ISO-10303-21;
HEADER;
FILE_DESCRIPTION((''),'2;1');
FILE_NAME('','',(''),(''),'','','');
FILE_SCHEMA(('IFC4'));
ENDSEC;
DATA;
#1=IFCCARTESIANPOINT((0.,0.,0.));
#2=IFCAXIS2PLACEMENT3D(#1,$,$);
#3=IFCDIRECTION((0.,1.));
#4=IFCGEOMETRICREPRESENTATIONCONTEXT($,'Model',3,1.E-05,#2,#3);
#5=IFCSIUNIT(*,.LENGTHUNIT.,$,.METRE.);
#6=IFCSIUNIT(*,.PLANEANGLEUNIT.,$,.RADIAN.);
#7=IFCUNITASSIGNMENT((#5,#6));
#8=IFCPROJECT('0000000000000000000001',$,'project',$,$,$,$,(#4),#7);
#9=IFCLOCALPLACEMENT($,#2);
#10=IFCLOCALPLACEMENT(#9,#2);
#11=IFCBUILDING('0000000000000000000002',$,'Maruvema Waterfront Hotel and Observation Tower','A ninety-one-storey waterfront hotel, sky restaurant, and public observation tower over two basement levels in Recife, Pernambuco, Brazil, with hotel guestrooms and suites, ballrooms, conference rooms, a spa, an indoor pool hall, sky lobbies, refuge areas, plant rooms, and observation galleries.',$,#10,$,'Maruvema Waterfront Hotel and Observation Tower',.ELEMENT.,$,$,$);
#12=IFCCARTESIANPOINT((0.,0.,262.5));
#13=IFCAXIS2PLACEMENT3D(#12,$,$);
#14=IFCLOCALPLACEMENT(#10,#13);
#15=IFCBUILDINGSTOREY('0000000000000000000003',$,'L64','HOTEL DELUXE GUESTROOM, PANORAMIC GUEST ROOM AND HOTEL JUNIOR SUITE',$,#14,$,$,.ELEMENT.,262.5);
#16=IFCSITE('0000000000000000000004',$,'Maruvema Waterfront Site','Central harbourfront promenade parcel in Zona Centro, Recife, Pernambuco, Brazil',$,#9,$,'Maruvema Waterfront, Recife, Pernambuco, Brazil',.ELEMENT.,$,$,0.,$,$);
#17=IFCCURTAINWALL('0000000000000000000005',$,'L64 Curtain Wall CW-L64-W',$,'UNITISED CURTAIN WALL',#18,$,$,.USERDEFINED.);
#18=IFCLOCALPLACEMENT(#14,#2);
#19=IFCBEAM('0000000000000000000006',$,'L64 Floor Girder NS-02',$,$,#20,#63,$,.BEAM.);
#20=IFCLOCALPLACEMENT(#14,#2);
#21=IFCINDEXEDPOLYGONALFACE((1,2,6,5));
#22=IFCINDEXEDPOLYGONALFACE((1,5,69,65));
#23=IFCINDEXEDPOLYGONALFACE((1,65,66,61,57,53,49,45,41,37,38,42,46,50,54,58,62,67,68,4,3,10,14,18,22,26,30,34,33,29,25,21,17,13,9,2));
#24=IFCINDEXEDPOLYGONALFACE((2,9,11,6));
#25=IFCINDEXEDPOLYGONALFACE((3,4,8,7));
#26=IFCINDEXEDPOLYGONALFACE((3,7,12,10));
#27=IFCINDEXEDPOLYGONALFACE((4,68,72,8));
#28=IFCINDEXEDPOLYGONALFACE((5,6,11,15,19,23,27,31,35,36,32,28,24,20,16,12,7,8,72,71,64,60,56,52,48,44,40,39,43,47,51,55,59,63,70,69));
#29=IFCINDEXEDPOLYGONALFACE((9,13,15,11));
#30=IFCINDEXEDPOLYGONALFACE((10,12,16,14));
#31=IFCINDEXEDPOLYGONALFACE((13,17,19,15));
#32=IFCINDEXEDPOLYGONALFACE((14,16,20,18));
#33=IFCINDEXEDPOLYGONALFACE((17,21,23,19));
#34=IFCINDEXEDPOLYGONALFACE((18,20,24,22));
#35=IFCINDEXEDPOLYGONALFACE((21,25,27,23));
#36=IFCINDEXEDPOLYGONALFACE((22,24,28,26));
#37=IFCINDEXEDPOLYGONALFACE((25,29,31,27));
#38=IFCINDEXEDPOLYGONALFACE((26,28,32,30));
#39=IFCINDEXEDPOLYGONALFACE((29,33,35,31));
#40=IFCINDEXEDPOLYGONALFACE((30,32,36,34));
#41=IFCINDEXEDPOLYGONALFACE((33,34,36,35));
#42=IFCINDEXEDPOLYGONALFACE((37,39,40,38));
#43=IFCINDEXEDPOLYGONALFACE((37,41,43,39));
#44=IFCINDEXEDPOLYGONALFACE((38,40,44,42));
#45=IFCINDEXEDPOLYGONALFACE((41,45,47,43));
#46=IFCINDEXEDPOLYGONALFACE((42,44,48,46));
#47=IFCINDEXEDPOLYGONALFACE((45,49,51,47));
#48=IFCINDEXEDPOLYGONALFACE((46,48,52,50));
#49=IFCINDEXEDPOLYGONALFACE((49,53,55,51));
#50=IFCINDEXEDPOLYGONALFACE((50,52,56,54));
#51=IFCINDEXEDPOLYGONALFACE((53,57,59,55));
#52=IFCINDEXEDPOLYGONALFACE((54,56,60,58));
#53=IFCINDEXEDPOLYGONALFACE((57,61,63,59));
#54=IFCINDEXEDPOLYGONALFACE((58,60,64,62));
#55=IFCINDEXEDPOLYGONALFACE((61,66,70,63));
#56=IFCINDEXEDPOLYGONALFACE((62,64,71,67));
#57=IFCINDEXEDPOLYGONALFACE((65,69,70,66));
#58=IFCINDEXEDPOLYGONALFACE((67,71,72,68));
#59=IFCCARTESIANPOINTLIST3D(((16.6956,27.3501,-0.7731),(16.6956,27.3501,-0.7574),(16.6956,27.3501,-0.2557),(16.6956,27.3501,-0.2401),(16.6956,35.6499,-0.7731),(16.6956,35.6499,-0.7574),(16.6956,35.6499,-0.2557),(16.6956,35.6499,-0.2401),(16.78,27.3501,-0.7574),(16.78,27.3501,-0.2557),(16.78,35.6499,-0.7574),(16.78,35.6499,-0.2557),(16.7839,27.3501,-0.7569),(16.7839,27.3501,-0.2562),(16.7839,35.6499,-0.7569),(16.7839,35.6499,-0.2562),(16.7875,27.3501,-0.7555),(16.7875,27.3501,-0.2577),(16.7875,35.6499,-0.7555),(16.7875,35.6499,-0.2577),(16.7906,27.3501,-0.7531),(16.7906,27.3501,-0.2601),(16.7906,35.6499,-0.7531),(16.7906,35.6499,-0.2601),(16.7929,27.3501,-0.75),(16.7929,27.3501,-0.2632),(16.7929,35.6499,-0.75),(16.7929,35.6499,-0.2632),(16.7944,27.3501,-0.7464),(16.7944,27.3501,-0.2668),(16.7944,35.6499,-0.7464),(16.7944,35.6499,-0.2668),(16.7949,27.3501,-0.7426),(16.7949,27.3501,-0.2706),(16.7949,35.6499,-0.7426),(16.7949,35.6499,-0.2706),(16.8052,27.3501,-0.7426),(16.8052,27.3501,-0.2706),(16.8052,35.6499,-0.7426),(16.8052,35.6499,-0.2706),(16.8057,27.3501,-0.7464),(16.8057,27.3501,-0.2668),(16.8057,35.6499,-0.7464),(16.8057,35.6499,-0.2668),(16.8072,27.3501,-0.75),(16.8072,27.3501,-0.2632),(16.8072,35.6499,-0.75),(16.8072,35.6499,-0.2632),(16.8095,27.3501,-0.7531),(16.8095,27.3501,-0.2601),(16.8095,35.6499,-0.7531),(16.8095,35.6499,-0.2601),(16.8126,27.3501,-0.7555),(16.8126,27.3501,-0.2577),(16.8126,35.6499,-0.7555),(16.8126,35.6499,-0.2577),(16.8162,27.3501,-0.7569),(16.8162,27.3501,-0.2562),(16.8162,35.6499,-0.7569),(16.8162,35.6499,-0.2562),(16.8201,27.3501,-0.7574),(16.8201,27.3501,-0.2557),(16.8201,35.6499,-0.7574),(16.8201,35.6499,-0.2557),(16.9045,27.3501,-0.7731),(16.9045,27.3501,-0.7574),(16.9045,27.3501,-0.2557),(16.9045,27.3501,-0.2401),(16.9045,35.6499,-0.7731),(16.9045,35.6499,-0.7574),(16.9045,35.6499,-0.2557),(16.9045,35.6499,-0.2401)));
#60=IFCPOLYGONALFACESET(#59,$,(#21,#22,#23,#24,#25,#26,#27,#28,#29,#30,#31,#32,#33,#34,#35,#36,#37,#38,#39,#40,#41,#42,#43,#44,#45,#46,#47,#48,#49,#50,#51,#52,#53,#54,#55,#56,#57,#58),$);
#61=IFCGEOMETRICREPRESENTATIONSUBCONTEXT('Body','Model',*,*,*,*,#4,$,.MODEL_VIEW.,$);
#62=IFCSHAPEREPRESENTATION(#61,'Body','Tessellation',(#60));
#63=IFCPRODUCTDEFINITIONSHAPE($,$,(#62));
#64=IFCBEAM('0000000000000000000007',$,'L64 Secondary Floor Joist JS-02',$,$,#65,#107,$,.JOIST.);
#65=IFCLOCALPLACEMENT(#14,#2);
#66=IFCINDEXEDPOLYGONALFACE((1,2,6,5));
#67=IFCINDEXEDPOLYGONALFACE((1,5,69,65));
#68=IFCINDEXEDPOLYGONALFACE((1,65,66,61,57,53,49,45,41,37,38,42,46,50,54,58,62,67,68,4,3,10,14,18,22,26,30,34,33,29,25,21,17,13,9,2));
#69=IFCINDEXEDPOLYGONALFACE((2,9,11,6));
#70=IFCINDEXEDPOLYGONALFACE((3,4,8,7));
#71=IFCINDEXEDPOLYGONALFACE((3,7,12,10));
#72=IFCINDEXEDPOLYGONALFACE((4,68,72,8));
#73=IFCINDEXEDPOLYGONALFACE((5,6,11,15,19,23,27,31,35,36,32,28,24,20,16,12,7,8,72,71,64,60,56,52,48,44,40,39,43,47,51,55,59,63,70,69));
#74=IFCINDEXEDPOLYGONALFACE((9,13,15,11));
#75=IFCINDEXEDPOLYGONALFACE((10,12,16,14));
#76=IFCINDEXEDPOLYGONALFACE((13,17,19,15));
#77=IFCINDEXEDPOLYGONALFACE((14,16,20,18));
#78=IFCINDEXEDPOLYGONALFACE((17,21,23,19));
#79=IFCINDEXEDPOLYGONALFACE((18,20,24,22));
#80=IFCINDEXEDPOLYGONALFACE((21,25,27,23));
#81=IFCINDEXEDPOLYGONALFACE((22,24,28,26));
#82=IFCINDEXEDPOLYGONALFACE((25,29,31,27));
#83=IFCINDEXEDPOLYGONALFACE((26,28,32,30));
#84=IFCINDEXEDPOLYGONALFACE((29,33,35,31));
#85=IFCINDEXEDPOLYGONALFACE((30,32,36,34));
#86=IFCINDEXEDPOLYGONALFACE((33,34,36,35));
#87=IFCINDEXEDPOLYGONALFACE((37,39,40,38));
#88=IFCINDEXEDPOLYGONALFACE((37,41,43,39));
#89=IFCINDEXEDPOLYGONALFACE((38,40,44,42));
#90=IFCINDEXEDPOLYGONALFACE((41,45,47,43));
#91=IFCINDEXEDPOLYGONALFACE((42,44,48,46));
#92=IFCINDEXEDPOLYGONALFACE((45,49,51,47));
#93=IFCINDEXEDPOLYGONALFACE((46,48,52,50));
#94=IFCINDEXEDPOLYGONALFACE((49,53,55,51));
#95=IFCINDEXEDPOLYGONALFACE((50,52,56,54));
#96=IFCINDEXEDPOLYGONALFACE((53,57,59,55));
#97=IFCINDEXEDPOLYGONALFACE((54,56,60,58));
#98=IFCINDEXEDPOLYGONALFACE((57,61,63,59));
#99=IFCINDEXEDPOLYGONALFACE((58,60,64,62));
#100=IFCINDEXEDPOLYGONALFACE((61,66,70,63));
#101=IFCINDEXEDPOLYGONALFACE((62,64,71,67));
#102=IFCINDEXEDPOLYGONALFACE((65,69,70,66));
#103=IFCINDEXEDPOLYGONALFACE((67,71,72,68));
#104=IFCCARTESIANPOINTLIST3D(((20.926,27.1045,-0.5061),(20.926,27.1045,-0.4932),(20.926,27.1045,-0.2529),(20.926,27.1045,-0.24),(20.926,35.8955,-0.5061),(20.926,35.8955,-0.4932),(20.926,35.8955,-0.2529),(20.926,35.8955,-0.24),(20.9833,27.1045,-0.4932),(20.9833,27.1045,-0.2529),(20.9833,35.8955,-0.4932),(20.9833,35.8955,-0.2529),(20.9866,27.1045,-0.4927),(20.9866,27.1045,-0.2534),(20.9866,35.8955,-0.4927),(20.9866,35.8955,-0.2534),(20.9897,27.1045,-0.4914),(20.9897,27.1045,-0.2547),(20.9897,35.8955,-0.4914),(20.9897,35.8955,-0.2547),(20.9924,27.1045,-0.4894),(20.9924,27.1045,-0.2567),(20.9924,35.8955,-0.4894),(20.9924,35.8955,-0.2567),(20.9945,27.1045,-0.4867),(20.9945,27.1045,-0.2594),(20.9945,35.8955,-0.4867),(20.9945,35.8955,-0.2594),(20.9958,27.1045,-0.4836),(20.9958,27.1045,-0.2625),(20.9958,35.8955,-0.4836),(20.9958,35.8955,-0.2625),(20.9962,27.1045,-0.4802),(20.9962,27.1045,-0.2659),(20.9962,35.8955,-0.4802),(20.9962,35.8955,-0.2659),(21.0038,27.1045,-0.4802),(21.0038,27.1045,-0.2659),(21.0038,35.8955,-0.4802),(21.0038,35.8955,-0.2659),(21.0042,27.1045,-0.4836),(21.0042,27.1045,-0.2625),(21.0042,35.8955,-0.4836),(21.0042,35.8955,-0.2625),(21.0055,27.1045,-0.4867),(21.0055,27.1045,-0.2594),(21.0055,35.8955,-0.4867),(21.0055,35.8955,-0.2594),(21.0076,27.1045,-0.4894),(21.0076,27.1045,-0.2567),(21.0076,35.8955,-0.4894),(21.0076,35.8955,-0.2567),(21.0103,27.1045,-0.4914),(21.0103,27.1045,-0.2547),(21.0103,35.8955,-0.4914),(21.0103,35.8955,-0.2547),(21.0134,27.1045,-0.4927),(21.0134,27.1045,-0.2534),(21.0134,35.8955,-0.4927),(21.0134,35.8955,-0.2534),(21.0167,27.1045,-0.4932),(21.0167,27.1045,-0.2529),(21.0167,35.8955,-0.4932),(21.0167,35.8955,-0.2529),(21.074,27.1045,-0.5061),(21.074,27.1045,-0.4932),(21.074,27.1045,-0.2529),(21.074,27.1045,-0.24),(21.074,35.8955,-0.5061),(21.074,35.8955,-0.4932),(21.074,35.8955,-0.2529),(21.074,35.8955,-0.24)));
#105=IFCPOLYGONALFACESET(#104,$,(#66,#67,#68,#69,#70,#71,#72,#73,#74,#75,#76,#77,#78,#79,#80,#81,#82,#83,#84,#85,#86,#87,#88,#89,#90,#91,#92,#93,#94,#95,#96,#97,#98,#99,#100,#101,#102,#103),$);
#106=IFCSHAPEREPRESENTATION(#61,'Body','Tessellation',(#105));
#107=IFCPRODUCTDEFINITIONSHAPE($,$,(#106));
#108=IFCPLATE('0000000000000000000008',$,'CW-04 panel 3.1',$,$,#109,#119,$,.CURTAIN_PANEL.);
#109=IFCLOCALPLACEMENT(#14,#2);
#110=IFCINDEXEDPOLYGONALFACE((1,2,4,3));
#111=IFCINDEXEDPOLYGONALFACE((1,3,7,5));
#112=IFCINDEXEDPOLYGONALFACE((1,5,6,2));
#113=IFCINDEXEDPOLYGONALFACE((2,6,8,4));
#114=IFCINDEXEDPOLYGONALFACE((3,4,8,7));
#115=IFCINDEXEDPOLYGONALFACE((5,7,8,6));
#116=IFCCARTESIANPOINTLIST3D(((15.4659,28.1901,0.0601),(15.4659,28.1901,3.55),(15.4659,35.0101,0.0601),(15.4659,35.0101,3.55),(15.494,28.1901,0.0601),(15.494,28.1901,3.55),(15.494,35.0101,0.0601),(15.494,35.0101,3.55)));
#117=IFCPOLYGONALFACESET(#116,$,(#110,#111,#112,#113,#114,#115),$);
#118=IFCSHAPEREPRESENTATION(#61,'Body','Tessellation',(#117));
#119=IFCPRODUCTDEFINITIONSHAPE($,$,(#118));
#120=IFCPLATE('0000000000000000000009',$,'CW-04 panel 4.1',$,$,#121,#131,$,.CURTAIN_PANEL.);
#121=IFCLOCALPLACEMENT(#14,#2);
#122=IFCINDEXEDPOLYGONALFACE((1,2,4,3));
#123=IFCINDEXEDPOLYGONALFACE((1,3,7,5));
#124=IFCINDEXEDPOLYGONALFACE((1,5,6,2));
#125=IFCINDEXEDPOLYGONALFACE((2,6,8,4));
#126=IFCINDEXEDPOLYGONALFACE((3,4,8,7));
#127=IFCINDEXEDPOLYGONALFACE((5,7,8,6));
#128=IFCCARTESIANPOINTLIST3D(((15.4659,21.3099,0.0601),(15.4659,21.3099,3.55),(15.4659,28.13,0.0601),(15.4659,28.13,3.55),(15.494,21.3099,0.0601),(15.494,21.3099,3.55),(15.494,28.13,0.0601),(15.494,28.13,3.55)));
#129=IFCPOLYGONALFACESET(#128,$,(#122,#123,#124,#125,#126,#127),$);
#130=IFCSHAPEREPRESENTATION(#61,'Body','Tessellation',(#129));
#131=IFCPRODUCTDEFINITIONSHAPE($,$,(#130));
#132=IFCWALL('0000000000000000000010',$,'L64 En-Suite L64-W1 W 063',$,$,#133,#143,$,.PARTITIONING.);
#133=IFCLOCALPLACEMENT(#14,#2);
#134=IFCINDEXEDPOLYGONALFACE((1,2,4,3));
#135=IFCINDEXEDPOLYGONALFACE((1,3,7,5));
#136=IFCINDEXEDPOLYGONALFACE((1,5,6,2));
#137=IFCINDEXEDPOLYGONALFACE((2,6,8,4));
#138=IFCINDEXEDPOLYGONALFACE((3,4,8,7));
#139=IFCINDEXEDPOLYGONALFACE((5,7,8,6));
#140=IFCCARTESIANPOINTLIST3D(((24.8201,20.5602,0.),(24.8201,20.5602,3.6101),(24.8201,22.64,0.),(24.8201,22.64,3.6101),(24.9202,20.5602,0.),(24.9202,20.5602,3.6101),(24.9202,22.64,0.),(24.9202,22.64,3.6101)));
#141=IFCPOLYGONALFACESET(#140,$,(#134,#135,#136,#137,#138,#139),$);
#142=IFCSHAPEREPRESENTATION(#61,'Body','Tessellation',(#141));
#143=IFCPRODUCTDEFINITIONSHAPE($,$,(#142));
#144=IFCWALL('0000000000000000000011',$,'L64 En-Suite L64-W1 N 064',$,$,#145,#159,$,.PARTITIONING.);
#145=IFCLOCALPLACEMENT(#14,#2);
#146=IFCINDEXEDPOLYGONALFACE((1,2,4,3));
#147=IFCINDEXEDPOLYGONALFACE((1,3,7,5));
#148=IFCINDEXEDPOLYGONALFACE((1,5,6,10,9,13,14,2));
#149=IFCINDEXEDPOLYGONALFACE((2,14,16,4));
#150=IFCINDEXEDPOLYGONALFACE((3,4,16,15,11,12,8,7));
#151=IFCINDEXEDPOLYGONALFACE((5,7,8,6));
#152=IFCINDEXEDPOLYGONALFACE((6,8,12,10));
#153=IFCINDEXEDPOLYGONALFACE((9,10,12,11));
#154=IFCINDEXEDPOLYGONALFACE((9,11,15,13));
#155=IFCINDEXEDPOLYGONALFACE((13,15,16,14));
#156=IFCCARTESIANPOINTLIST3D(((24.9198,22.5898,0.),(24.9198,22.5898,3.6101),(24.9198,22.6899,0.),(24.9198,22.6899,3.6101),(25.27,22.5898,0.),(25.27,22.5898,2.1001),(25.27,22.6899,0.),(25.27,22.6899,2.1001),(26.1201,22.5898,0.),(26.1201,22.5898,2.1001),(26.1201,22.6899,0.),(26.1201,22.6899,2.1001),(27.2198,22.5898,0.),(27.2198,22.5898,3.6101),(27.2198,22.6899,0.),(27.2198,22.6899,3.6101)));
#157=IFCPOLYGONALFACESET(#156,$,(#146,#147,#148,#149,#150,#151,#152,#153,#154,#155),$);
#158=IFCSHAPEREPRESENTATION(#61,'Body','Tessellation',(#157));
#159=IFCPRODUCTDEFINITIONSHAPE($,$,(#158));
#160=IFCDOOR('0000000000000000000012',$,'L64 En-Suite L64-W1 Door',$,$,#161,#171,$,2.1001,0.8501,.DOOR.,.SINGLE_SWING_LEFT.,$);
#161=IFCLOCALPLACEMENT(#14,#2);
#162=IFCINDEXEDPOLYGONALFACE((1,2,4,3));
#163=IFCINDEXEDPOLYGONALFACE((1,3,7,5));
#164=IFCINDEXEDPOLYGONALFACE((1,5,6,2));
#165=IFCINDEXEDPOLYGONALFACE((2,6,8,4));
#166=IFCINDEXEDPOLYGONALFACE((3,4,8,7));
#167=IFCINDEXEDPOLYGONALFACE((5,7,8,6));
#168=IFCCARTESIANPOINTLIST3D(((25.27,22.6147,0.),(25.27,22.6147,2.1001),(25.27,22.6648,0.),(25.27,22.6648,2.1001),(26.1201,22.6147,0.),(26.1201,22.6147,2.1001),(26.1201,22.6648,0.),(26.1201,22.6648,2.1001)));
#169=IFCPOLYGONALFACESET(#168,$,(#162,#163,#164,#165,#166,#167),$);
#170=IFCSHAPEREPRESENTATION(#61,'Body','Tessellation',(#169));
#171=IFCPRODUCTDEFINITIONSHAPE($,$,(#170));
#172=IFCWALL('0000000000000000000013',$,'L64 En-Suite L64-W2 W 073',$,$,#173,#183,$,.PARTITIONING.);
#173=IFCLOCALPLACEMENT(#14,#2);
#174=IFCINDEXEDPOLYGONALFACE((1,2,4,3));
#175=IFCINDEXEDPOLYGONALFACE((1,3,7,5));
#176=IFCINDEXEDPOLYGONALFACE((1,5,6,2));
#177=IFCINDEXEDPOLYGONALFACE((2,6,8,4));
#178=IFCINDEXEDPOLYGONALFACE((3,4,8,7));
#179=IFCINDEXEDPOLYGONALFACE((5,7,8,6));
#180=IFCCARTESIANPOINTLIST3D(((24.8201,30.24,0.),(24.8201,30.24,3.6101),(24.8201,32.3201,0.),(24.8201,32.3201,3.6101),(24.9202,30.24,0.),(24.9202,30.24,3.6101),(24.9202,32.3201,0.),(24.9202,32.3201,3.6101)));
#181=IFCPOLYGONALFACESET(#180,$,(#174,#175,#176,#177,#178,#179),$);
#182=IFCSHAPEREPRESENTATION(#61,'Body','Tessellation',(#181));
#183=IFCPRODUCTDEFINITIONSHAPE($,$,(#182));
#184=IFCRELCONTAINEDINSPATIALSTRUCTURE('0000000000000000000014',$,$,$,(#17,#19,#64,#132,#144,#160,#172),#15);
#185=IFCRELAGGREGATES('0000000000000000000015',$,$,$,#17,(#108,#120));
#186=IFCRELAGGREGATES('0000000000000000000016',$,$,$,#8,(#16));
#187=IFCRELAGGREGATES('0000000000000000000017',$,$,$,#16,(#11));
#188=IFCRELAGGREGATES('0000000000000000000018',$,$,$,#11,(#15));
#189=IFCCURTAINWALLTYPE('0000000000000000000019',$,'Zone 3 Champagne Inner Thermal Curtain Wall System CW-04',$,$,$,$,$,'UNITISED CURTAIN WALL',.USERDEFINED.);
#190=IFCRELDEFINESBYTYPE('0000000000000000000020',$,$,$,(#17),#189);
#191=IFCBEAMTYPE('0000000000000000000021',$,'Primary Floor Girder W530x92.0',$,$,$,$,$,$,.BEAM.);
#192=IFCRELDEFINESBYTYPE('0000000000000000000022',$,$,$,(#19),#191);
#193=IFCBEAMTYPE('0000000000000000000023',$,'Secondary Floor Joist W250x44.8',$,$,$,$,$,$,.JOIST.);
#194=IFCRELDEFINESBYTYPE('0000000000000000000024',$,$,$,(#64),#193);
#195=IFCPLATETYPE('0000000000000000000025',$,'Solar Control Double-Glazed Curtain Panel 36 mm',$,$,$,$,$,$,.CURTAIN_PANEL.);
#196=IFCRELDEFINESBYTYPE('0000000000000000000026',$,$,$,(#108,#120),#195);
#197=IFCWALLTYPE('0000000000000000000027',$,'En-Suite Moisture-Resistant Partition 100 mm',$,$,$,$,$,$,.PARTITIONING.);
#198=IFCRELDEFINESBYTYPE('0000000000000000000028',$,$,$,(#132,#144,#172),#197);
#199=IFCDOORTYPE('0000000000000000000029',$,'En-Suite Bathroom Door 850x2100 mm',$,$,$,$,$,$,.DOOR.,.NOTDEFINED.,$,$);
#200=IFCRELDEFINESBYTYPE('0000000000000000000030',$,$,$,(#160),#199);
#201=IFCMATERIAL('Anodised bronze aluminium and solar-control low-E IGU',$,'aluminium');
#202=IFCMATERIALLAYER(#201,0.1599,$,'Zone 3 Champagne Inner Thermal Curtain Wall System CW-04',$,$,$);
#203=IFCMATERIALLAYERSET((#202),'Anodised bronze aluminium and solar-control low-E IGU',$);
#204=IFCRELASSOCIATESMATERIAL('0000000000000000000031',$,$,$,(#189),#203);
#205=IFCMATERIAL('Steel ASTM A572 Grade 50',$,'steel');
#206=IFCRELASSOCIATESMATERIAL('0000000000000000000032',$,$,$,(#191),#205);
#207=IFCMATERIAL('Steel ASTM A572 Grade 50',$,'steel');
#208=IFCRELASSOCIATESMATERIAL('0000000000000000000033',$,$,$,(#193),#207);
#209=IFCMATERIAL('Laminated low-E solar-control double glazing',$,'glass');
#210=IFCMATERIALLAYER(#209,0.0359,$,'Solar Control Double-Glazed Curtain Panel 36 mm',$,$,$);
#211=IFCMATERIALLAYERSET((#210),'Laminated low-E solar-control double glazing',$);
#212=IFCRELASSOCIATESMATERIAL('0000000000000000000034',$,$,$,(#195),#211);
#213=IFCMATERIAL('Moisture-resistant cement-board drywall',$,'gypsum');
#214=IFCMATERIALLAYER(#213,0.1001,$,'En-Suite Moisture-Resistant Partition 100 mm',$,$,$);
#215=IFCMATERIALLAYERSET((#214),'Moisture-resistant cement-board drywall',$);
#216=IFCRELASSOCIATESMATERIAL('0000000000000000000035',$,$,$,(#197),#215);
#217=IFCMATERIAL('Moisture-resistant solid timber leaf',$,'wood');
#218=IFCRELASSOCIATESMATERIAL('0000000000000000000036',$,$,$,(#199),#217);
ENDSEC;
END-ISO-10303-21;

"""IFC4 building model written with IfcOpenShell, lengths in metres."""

from ifc_helpers import new_model, si_unit, direction, frame, frame_2d, origin, origin_2d, place, context, subcontext, project, spatial, rectangle, i_section, extrude, material, layer, layer_set, material_profile, profile_set, type_object, element, fill, aggregate, save


model = new_model("IFC4")

# Units and contexts
model_context = context("Model", 3, precision=1e-05, world=origin(), true_north=direction((0.0, 1.0)))
body_context = subcontext(model_context, "Body", "Model", "MODEL_VIEW")
ifc_project = project(units=[si_unit("LENGTHUNIT", "METRE"), si_unit("PLANEANGLEUNIT", "RADIAN")], contexts=[model_context])

# Site, building, storey
site_placement = place(None, origin())
site = spatial("IfcSite", under=ifc_project, at=site_placement, Name="Maruvema Waterfront Site", Description="Central harbourfront promenade parcel in Zona Centro, Recife, Pernambuco, Brazil", LongName="Maruvema Waterfront, Recife, Pernambuco, Brazil", CompositionType="ELEMENT", RefElevation=0.0)
building_placement = place(site_placement, origin())
building = spatial("IfcBuilding", under=site, at=building_placement, Name="Maruvema Waterfront Hotel and Observation Tower", Description="A ninety-one-storey waterfront hotel, sky restaurant, and public observation tower over two basement levels in Recife, Pernambuco, Brazil, with hotel guestrooms and suites, ballrooms, conference rooms, a spa, an indoor pool hall, sky lobbies, refuge areas, plant rooms, and observation galleries.", LongName="Maruvema Waterfront Hotel and Observation Tower", CompositionType="ELEMENT")
storey_placement = place(building_placement, frame((0.0, 0.0, 262.5)))
storey = spatial("IfcBuildingStorey", under=building, at=storey_placement, Name="L64", Description="HOTEL DELUXE GUESTROOM, PANORAMIC GUEST ROOM AND HOTEL JUNIOR SUITE", CompositionType="ELEMENT", Elevation=262.5)

# Curtain wall
ifc_material_1 = material(Name="Anodised bronze aluminium and solar-control low-E IGU", Category="aluminium")
ifc_layer_1 = layer(ifc_material_1, 0.1599, Name="Zone 3 Champagne Inner Thermal Curtain Wall System CW-04")
ifc_layer_set_1 = layer_set([ifc_layer_1], Name="Anodised bronze aluminium and solar-control low-E IGU")
curtain_wall_type = type_object("IfcCurtainWallType", Name="Zone 3 Champagne Inner Thermal Curtain Wall System CW-04", ElementType="UNITISED CURTAIN WALL", PredefinedType="USERDEFINED", material=ifc_layer_set_1)
curtain_wall_placement = place(storey_placement, origin())
curtain_wall = element("IfcCurtainWall", 1, at=curtain_wall_placement, inside=storey, type_object=curtain_wall_type, Name="L64 Curtain Wall CW-L64-W", ObjectType="UNITISED CURTAIN WALL", PredefinedType="USERDEFINED")

# Beams
ifc_material_2 = material(Name="Steel ASTM A572 Grade 50", Category="steel")
ifc_material_profile_1 = material_profile(ifc_material_2, i_section(OverallWidth=0.209, OverallDepth=0.533, WebThickness=0.0103, FlangeThickness=0.0156, FilletRadius=0.0149, at=origin_2d()), Name="W530x92.0")
ifc_profile_set_1 = profile_set([ifc_material_profile_1], Name="Steel ASTM A572 Grade 50")
beam_type_1 = type_object("IfcBeamType", Name="Primary Floor Girder W530x92.0", PredefinedType="BEAM", material=ifc_profile_set_1)
beam_1_placement = place(storey_placement, frame((16.8, 27.3501, -0.5066), z_axis=(0.0, 1.0, 0.0), x_axis=(-1.0, 0.0, 0.0)))
element("IfcBeam", 2, at=beam_1_placement, inside=storey, type_object=beam_type_1, Name="L64 Floor Girder NS-02", PredefinedType="BEAM", context=body_context, shape_type="SweptSolid", body=[
    extrude(i_section(OverallWidth=0.209, OverallDepth=0.533, WebThickness=0.0103, FlangeThickness=0.0156, FilletRadius=0.0149, at=origin_2d()), origin(), (0.0, 0.0, 1.0), 8.2998),
])
ifc_material_3 = material(Name="Steel ASTM A572 Grade 50", Category="steel")
ifc_material_profile_2 = material_profile(ifc_material_3, i_section(OverallWidth=0.1479, OverallDepth=0.2661, WebThickness=0.0076, FlangeThickness=0.0129, FilletRadius=0.0129, at=origin_2d()), Name="W250x44.8")
ifc_profile_set_2 = profile_set([ifc_material_profile_2], Name="Steel ASTM A572 Grade 50")
beam_type_2 = type_object("IfcBeamType", Name="Secondary Floor Joist W250x44.8", PredefinedType="JOIST", material=ifc_profile_set_2)
beam_2_placement = place(storey_placement, frame((21.0, 27.1045, -0.373), z_axis=(0.0, 1.0, 0.0), x_axis=(-1.0, 0.0, 0.0)))
element("IfcBeam", 3, at=beam_2_placement, inside=storey, type_object=beam_type_2, Name="L64 Secondary Floor Joist JS-02", PredefinedType="JOIST", context=body_context, shape_type="SweptSolid", body=[
    extrude(i_section(OverallWidth=0.1479, OverallDepth=0.2661, WebThickness=0.0076, FlangeThickness=0.0129, FilletRadius=0.0129, at=origin_2d()), origin(), (0.0, 0.0, 1.0), 8.791),
])

# Plates
ifc_material_4 = material(Name="Laminated low-E solar-control double glazing", Category="glass")
ifc_layer_2 = layer(ifc_material_4, 0.0359, Name="Solar Control Double-Glazed Curtain Panel 36 mm")
ifc_layer_set_2 = layer_set([ifc_layer_2], Name="Laminated low-E solar-control double glazing")
plate_type = type_object("IfcPlateType", Name="Solar Control Double-Glazed Curtain Panel 36 mm", PredefinedType="CURTAIN_PANEL", material=ifc_layer_set_2)
plate_1_placement = place(storey_placement, frame((15.48, 31.6001, 0.0601), z_axis=(0.0, 0.0, 1.0), x_axis=(0.0, -1.0, 0.0)))
plate_1 = element("IfcPlate", 4, at=plate_1_placement, type_object=plate_type, Name="CW-04 panel 3.1", PredefinedType="CURTAIN_PANEL", context=body_context, shape_type="SweptSolid", body=[
    extrude(rectangle(XDim=6.8201, YDim=0.0281, at=origin_2d()), origin(), (0.0, 0.0, 1.0), 3.49),
])
plate_2_placement = place(storey_placement, frame((15.48, 24.72, 0.0601), z_axis=(0.0, 0.0, 1.0), x_axis=(0.0, -1.0, 0.0)))
plate_2 = element("IfcPlate", 5, at=plate_2_placement, type_object=plate_type, Name="CW-04 panel 4.1", PredefinedType="CURTAIN_PANEL", context=body_context, shape_type="SweptSolid", body=[
    extrude(rectangle(XDim=6.8201, YDim=0.0281, at=origin_2d()), origin(), (0.0, 0.0, 1.0), 3.49),
])
aggregate(curtain_wall, [plate_1, plate_2])

# Wall
ifc_material_5 = material(Name="Moisture-resistant cement-board drywall", Category="gypsum")
ifc_layer_3 = layer(ifc_material_5, 0.1001, Name="En-Suite Moisture-Resistant Partition 100 mm")
ifc_layer_set_3 = layer_set([ifc_layer_3], Name="Moisture-resistant cement-board drywall")
wall_type_1 = type_object("IfcWallType", Name="En-Suite Moisture-Resistant Partition 100 mm", PredefinedType="PARTITIONING", material=ifc_layer_set_3)
wall_1_placement = place(storey_placement, frame((24.8701, 20.5601, 0.0), z_axis=(0.0, 0.0, 1.0), x_axis=(0.0, 1.0, 0.0)))
element("IfcWall", 6, at=wall_1_placement, inside=storey, type_object=wall_type_1, Name="L64 En-Suite L64-W1 W 063", PredefinedType="PARTITIONING", context=body_context, shape_type="SweptSolid", body=[
    extrude(rectangle(XDim=2.0798, YDim=0.1001, at=frame_2d((1.04, 0.0))), origin(), (0.0, 0.0, 1.0), 3.6101),
])

# Wall, opening, door
wall_2_placement = place(storey_placement, frame((24.9199, 22.6399, 0.0), z_axis=(0.0, 0.0, 1.0), x_axis=(1.0, 0.0, 0.0)))
wall_2 = element("IfcWall", 7, at=wall_2_placement, inside=storey, type_object=wall_type_1, Name="L64 En-Suite L64-W1 N 064", PredefinedType="PARTITIONING", context=body_context, shape_type="SweptSolid", body=[
    extrude(rectangle(XDim=2.3, YDim=0.1001, at=frame_2d((1.1499, 0.0))), origin(), (0.0, 0.0, 1.0), 3.6101),
])
opening_1_placement = place(wall_2_placement, frame((0.3501, 0.0, 0.0)))
opening_1 = element("IfcOpeningElement", 8, at=opening_1_placement, cuts=wall_2, PredefinedType="OPENING", context=body_context, shape_type="SweptSolid", body=[
    extrude(rectangle(XDim=0.8501, YDim=2.1001, at=frame_2d((0.425, 1.05))), frame((0.0, 0.0601, 0.0), z_axis=(0.0, -1.0, 0.0), x_axis=(1.0, 0.0, 0.0)), (0.0, 0.0, 1.0), 0.1201),
])
ifc_material_6 = material(Name="Moisture-resistant solid timber leaf", Category="wood")
door_type = type_object("IfcDoorType", Name="En-Suite Bathroom Door 850x2100 mm", OperationType="NOTDEFINED", PredefinedType="DOOR", material=ifc_material_6)
door_1_placement = place(opening_1_placement, origin())
door_1 = element("IfcDoor", 9, at=door_1_placement, inside=storey, type_object=door_type, Name="L64 En-Suite L64-W1 Door", OperationType="SINGLE_SWING_LEFT", OverallHeight=2.1001, OverallWidth=0.8501, PredefinedType="DOOR", context=body_context, shape_type="SweptSolid", body=[
    extrude(rectangle(XDim=0.8501, YDim=2.1001, at=frame_2d((0.425, 1.05))), frame((0.0, 0.0249, 0.0), z_axis=(0.0, -1.0, 0.0), x_axis=(1.0, 0.0, 0.0)), (0.0, 0.0, 1.0), 0.05),
])
fill(opening_1, door_1)

# Wall
wall_3_placement = place(storey_placement, frame((24.8701, 30.24, 0.0), z_axis=(0.0, 0.0, 1.0), x_axis=(0.0, 1.0, 0.0)))
element("IfcWall", 10, at=wall_3_placement, inside=storey, type_object=wall_type_1, Name="L64 En-Suite L64-W2 W 073", PredefinedType="PARTITIONING", context=body_context, shape_type="SweptSolid", body=[
    extrude(rectangle(XDim=2.0801, YDim=0.1001, at=frame_2d((1.04, 0.0))), origin(), (0.0, 0.0, 1.0), 3.6101),
])

save(model, "model.ifc")
